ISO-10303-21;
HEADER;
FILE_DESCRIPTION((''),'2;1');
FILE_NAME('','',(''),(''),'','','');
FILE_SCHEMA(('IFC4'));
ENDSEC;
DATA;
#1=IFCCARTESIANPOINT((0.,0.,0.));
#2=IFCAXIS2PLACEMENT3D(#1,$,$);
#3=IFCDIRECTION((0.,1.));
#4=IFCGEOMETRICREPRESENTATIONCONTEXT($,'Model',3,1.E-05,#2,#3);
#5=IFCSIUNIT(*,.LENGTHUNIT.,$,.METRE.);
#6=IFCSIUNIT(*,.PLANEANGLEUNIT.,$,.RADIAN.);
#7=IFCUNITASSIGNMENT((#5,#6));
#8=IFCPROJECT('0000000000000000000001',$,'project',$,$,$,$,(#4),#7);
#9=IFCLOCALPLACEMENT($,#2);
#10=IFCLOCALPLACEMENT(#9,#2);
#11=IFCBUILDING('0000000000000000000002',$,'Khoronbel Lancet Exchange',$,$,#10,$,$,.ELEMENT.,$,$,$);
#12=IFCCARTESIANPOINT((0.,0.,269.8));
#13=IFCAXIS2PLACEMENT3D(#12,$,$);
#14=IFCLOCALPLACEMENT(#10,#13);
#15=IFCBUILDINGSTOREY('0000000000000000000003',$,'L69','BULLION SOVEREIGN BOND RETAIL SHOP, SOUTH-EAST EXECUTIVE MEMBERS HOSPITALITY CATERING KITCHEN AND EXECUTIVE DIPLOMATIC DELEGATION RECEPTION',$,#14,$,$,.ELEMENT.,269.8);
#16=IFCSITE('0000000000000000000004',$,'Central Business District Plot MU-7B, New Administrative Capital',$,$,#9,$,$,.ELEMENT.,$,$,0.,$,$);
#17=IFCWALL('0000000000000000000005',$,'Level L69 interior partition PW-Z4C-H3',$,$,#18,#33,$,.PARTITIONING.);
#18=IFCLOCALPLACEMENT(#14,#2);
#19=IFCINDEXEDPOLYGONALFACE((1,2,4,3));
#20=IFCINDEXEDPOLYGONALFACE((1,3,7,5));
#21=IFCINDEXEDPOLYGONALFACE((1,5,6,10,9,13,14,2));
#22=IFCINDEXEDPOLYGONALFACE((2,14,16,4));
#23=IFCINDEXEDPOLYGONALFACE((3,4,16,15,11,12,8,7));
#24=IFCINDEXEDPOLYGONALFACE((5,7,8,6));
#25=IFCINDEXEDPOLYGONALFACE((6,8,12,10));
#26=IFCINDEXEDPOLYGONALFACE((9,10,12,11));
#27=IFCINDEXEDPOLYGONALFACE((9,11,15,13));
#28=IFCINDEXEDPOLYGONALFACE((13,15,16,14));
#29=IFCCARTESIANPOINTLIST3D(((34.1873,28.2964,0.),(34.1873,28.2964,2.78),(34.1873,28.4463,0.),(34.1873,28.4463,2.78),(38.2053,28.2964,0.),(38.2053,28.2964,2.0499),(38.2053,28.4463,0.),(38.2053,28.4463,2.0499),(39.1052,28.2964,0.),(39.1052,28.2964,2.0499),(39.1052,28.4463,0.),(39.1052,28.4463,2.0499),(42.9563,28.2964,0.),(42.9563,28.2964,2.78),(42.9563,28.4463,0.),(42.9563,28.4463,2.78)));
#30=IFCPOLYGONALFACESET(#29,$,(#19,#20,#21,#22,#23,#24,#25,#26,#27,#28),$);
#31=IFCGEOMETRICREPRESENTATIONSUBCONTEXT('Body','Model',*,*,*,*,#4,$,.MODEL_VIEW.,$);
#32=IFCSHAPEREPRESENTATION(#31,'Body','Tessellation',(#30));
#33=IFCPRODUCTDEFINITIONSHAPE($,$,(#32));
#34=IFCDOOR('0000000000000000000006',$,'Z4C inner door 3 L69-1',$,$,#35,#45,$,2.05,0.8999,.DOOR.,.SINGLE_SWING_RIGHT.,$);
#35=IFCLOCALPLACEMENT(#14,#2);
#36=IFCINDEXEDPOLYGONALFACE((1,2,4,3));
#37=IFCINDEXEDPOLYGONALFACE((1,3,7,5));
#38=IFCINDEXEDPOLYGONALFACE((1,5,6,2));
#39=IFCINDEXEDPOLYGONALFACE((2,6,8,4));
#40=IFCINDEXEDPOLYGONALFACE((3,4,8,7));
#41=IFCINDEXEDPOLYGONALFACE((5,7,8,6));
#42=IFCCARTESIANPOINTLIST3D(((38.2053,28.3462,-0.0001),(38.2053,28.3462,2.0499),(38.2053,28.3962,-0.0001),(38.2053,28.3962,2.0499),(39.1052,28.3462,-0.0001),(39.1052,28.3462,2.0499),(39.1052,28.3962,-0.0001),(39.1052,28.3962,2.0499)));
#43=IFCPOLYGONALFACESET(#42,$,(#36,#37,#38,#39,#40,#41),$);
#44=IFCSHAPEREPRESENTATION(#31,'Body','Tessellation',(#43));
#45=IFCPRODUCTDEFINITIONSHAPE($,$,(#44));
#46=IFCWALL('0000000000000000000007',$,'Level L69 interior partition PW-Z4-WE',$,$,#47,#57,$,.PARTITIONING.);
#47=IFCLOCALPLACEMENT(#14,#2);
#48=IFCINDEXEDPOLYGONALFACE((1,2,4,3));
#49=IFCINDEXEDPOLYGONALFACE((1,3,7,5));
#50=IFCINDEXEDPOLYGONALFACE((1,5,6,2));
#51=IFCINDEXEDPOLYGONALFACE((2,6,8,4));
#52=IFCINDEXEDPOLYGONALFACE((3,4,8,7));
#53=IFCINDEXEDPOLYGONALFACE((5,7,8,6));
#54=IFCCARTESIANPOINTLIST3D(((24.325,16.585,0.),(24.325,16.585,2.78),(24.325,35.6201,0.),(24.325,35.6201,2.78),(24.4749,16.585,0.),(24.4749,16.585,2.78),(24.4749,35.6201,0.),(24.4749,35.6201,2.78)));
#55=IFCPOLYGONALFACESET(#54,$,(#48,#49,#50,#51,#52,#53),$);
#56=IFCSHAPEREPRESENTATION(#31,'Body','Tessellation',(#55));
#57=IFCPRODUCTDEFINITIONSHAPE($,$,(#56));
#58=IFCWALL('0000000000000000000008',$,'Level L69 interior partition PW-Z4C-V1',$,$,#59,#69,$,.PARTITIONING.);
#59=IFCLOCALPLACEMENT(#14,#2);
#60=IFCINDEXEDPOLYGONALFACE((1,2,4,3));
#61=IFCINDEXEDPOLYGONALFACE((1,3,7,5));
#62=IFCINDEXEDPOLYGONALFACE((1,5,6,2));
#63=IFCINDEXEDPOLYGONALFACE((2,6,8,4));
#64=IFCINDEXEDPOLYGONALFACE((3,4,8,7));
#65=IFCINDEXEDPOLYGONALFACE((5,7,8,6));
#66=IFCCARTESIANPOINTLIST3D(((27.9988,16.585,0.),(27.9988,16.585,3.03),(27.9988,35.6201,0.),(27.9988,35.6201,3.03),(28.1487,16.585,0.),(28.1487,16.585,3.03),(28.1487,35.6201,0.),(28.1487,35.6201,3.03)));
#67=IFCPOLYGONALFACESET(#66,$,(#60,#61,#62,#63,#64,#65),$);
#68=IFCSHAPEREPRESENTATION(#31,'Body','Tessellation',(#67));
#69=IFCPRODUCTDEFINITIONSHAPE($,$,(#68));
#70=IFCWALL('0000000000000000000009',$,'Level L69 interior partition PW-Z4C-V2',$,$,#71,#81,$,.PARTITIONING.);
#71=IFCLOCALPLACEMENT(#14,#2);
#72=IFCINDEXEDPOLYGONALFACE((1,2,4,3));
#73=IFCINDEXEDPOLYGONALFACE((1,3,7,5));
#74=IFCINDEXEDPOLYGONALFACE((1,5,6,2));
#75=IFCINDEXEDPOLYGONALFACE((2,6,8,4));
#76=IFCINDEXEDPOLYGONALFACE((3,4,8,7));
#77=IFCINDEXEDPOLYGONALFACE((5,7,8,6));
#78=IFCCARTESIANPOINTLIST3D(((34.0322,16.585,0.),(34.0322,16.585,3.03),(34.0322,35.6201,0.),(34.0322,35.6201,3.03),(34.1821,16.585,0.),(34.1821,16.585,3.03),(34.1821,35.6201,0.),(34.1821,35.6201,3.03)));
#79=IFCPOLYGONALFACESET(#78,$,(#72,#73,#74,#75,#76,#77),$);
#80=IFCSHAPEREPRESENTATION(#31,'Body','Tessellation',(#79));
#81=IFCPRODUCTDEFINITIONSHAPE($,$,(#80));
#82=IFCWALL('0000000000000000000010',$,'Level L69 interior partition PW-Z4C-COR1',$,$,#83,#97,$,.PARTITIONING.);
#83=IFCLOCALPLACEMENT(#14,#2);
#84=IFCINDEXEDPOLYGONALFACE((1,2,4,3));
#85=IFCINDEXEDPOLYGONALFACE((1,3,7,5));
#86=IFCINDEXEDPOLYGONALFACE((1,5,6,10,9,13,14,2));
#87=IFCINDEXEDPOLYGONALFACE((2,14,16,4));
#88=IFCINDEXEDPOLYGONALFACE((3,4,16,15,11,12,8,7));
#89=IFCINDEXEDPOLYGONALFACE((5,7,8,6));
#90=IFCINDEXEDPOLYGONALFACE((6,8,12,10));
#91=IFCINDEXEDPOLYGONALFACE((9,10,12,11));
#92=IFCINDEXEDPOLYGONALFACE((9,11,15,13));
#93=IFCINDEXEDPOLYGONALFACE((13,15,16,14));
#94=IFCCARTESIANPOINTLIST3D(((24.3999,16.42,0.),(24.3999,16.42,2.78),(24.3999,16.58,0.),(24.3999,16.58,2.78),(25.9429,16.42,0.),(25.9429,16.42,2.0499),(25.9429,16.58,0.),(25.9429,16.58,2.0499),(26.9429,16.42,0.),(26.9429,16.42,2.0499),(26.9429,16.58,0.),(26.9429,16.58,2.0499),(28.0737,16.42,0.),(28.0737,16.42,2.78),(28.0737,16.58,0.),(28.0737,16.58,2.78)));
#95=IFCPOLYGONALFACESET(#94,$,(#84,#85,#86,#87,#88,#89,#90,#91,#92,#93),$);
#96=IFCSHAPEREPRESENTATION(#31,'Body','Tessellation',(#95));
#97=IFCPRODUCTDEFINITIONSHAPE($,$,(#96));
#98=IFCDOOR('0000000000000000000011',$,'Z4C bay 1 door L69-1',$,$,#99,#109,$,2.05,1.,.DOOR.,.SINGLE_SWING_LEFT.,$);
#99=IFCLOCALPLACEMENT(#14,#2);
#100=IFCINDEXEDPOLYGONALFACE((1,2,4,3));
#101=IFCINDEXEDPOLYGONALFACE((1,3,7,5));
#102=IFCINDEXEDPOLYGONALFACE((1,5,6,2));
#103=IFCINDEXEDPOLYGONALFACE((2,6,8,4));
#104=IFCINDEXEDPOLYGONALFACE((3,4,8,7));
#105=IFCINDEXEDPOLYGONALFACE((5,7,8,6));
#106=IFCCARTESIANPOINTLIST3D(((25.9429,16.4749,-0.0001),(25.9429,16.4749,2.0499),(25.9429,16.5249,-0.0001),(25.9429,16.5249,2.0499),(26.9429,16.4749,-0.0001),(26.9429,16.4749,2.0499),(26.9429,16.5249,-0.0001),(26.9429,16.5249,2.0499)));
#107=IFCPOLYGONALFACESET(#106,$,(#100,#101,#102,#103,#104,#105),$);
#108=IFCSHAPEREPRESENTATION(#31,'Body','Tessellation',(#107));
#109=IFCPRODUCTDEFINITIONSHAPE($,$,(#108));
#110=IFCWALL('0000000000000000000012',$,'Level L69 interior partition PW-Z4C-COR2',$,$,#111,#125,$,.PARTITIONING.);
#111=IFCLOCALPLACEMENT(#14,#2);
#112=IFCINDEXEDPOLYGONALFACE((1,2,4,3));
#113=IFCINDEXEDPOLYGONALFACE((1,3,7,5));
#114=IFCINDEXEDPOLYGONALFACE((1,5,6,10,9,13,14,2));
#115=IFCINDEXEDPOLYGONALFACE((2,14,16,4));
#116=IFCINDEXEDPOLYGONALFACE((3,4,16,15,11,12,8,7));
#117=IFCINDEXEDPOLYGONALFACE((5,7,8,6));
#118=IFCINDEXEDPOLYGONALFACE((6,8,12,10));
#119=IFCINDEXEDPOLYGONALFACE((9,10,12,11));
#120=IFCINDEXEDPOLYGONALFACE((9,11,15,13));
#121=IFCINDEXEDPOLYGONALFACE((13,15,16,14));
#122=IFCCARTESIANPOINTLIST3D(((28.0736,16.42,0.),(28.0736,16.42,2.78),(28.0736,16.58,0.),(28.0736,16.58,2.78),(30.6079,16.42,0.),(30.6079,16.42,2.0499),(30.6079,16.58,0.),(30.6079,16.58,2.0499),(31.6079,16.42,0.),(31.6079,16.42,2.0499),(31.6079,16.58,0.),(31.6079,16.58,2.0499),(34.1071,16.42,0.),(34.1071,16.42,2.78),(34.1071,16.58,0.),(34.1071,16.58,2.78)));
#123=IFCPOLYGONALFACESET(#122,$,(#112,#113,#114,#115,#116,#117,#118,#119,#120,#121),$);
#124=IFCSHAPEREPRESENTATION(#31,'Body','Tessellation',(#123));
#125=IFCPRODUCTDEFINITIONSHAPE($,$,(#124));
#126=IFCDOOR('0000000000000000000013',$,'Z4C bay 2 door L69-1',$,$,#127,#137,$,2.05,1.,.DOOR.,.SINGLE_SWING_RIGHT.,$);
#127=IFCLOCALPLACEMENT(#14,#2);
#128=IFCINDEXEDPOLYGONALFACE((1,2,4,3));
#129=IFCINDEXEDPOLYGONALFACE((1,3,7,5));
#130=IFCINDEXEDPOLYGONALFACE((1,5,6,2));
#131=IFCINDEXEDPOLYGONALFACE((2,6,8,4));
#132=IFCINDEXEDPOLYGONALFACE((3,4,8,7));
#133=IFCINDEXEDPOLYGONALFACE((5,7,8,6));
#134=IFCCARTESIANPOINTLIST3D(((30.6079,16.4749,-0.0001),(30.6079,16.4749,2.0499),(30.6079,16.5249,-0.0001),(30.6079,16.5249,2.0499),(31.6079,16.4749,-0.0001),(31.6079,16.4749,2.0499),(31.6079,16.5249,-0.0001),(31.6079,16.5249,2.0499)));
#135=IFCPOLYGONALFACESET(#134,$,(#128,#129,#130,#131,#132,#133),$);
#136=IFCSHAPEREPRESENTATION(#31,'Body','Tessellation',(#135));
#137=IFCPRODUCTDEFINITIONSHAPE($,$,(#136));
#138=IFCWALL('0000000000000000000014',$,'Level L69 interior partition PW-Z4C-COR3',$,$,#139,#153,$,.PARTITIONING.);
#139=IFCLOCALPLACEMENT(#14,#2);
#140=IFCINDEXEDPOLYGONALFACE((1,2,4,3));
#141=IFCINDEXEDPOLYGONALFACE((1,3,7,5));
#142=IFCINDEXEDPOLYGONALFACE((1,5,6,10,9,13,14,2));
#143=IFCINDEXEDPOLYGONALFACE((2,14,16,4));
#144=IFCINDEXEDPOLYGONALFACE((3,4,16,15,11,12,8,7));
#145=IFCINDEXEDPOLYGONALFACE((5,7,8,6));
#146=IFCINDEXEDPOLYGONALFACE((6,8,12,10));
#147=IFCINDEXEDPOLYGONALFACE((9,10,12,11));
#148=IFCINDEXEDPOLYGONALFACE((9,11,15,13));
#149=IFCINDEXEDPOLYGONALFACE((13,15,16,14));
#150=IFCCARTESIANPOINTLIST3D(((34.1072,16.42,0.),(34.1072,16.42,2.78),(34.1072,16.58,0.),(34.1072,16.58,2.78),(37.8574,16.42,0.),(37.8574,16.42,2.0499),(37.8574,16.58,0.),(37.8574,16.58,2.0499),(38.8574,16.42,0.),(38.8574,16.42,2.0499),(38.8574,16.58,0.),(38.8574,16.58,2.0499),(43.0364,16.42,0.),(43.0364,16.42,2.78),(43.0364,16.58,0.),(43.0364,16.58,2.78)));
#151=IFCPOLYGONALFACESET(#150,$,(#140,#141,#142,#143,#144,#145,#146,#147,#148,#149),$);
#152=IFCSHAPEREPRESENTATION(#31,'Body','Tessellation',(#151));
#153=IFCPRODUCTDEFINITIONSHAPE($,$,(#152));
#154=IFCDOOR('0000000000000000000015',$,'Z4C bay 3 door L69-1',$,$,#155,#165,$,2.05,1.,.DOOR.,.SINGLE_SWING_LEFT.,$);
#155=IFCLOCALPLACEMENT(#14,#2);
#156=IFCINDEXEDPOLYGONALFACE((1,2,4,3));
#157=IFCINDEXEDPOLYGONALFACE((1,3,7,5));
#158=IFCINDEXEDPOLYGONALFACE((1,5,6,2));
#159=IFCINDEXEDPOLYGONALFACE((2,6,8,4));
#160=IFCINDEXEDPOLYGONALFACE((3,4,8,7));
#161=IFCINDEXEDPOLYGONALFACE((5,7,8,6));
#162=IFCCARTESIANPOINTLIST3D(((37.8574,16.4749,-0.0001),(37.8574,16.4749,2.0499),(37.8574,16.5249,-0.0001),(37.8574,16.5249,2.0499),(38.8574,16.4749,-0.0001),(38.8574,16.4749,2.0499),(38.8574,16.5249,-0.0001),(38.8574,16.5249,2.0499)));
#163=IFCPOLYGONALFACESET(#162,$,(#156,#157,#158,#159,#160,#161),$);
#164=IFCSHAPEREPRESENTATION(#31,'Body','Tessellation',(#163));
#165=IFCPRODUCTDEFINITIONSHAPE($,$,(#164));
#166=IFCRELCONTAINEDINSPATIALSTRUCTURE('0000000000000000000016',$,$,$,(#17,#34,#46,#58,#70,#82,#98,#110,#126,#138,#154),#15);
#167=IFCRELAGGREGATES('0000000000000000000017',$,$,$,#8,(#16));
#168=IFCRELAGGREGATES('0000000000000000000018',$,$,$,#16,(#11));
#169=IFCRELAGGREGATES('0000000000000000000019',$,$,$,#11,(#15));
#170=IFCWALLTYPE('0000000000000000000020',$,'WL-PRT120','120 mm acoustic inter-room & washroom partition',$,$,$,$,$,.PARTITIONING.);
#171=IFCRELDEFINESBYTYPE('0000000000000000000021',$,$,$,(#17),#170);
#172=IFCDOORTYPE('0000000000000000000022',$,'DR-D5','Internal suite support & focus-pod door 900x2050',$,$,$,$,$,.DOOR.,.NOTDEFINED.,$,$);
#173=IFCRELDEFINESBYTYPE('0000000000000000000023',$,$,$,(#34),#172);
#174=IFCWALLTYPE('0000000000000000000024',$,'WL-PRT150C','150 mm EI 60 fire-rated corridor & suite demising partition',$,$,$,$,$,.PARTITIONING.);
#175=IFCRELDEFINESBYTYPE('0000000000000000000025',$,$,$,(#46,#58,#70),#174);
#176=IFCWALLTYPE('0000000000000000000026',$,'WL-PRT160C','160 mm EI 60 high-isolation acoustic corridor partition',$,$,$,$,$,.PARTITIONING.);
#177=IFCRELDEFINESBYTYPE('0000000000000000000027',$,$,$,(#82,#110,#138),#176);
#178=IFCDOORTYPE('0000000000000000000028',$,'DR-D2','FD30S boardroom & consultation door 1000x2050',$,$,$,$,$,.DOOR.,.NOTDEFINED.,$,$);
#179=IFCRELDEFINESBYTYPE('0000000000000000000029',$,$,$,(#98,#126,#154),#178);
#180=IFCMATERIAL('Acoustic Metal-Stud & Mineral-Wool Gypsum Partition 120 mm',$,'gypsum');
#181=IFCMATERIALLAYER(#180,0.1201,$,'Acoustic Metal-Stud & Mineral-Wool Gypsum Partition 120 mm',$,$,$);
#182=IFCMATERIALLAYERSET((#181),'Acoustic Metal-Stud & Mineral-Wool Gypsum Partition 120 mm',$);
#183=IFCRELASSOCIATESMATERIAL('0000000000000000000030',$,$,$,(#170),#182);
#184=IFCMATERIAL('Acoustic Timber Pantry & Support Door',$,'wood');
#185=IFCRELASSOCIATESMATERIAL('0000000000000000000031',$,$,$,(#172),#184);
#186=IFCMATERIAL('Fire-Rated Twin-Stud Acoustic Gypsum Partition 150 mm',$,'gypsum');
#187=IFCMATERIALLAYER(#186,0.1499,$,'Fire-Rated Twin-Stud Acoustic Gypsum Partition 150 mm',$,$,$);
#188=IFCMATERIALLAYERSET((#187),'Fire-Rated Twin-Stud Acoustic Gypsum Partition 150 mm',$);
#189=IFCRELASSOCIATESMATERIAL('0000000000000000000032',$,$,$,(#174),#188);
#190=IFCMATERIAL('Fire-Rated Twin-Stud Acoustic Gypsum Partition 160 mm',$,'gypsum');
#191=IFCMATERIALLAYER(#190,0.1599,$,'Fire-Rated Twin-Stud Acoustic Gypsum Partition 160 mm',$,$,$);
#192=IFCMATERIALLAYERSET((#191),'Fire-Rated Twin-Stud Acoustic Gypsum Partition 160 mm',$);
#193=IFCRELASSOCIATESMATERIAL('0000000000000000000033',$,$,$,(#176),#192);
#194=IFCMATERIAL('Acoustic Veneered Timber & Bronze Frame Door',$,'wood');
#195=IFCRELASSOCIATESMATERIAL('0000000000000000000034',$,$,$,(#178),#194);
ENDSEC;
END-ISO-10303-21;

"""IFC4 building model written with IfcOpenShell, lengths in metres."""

from ifc_helpers import new_model, si_unit, direction, frame, frame_2d, origin, place, context, subcontext, project, spatial, rectangle, extrude, material, layer, layer_set, type_object, element, fill, save


model = new_model("IFC4")

# Units and contexts
model_context = context("Model", 3, precision=1e-05, world=origin(), true_north=direction((0.0, 1.0)))
body_context = subcontext(model_context, "Body", "Model", "MODEL_VIEW")
ifc_project = project(units=[si_unit("LENGTHUNIT", "METRE"), si_unit("PLANEANGLEUNIT", "RADIAN")], contexts=[model_context])

# Site, building, storey
site_placement = place(None, origin())
site = spatial("IfcSite", under=ifc_project, at=site_placement, Name="Central Business District Plot MU-7B, New Administrative Capital", CompositionType="ELEMENT", RefElevation=0.0)
building_placement = place(site_placement, origin())
building = spatial("IfcBuilding", under=site, at=building_placement, Name="Khoronbel Lancet Exchange", CompositionType="ELEMENT")
storey_placement = place(building_placement, frame((0.0, 0.0, 269.8)))
storey = spatial("IfcBuildingStorey", under=building, at=storey_placement, Name="L69", Description="BULLION SOVEREIGN BOND RETAIL SHOP, SOUTH-EAST EXECUTIVE MEMBERS HOSPITALITY CATERING KITCHEN AND EXECUTIVE DIPLOMATIC DELEGATION RECEPTION", CompositionType="ELEMENT", Elevation=269.8)

# Wall, opening, door
ifc_material_1 = material(Name="Acoustic Metal-Stud & Mineral-Wool Gypsum Partition 120 mm", Category="gypsum")
ifc_layer_1 = layer(ifc_material_1, 0.1201, Name="Acoustic Metal-Stud & Mineral-Wool Gypsum Partition 120 mm")
ifc_layer_set_1 = layer_set([ifc_layer_1], Name="Acoustic Metal-Stud & Mineral-Wool Gypsum Partition 120 mm")
wall_type_1 = type_object("IfcWallType", Name="WL-PRT120", Description="120 mm acoustic inter-room & washroom partition", PredefinedType="PARTITIONING", material=ifc_layer_set_1)
ifc_material_2 = material(Name="Acoustic Timber Pantry & Support Door", Category="wood")
door_type_1 = type_object("IfcDoorType", Name="DR-D5", Description="Internal suite support & focus-pod door 900x2050", OperationType="NOTDEFINED", PredefinedType="DOOR", material=ifc_material_2)
wall_1_placement = place(storey_placement, frame((34.1873, 28.3713, 0.0), z_axis=(0.0, 0.0, 1.0), x_axis=(1.0, 0.0, 0.0)))
wall_1 = element("IfcWall", 1, at=wall_1_placement, inside=storey, type_object=wall_type_1, Name="Level L69 interior partition PW-Z4C-H3", PredefinedType="PARTITIONING", context=body_context, shape_type="SweptSolid", body=[
    extrude(rectangle(XDim=8.769, YDim=0.1499, at=frame_2d((4.3845, 0.0))), origin(), (0.0, 0.0, 1.0), 2.78),
])
opening_1_placement = place(wall_1_placement, frame((4.0181, 0.0, 0.0)))
opening_1 = element("IfcOpeningElement", 2, at=opening_1_placement, cuts=wall_1, PredefinedType="OPENING", context=body_context, shape_type="SweptSolid", body=[
    extrude(rectangle(XDim=0.8999, YDim=2.05, at=frame_2d((0.45, 1.0249))), frame((0.0, 0.085, 0.0), z_axis=(0.0, -1.0, 0.0), x_axis=(1.0, 0.0, 0.0)), (0.0, 0.0, 1.0), 0.1699),
])
door_1_placement = place(opening_1_placement, origin())
door_1 = element("IfcDoor", 3, at=door_1_placement, inside=storey, type_object=door_type_1, Name="Z4C inner door 3 L69-1", OperationType="SINGLE_SWING_RIGHT", OverallHeight=2.05, OverallWidth=0.8999, PredefinedType="DOOR", context=body_context, shape_type="SweptSolid", body=[
    extrude(rectangle(XDim=0.8999, YDim=2.05, at=frame_2d((0.45, 1.0249))), frame((0.0, 0.0249, 0.0), z_axis=(0.0, -1.0, 0.0), x_axis=(1.0, 0.0, 0.0)), (0.0, 0.0, 1.0), 0.05),
])
fill(opening_1, door_1)

# Walls
ifc_material_3 = material(Name="Fire-Rated Twin-Stud Acoustic Gypsum Partition 150 mm", Category="gypsum")
ifc_layer_2 = layer(ifc_material_3, 0.1499, Name="Fire-Rated Twin-Stud Acoustic Gypsum Partition 150 mm")
ifc_layer_set_2 = layer_set([ifc_layer_2], Name="Fire-Rated Twin-Stud Acoustic Gypsum Partition 150 mm")
wall_type_2 = type_object("IfcWallType", Name="WL-PRT150C", Description="150 mm EI 60 fire-rated corridor & suite demising partition", PredefinedType="PARTITIONING", material=ifc_layer_set_2)
wall_2_placement = place(storey_placement, frame((24.3999, 16.585, 0.0), z_axis=(0.0, 0.0, 1.0), x_axis=(0.0, 1.0, 0.0)))
element("IfcWall", 4, at=wall_2_placement, inside=storey, type_object=wall_type_2, Name="Level L69 interior partition PW-Z4-WE", PredefinedType="PARTITIONING", context=body_context, shape_type="SweptSolid", body=[
    extrude(rectangle(XDim=19.0352, YDim=0.1499, at=frame_2d((9.5176, 0.0))), origin(), (0.0, 0.0, 1.0), 2.78),
])
for number, where, z_axis, x_axis, name in (
    (5, (28.0737, 16.585, 0.0), (0.0, 0.0, 1.0), (0.0, 1.0, 0.0), "Level L69 interior partition PW-Z4C-V1"),
    (6, (34.1072, 16.585, 0.0), (0.0, 0.0, 1.0), (0.0, 1.0, 0.0), "Level L69 interior partition PW-Z4C-V2"),
):
    element("IfcWall", number, at=place(storey_placement, frame(where, z_axis=z_axis, x_axis=x_axis)), inside=storey, type_object=wall_type_2, Name=name, PredefinedType="PARTITIONING", context=body_context, shape_type="SweptSolid", body=[
        extrude(rectangle(XDim=19.0352, YDim=0.1499, at=frame_2d((9.5176, 0.0))), origin(), (0.0, 0.0, 1.0), 3.03),
    ])

# Walls, openings, doors
ifc_material_4 = material(Name="Fire-Rated Twin-Stud Acoustic Gypsum Partition 160 mm", Category="gypsum")
ifc_layer_3 = layer(ifc_material_4, 0.1599, Name="Fire-Rated Twin-Stud Acoustic Gypsum Partition 160 mm")
ifc_layer_set_3 = layer_set([ifc_layer_3], Name="Fire-Rated Twin-Stud Acoustic Gypsum Partition 160 mm")
wall_type_3 = type_object("IfcWallType", Name="WL-PRT160C", Description="160 mm EI 60 high-isolation acoustic corridor partition", PredefinedType="PARTITIONING", material=ifc_layer_set_3)
wall_3_placement = place(storey_placement, frame((24.3999, 16.5, 0.0), z_axis=(0.0, 0.0, 1.0), x_axis=(1.0, 0.0, 0.0)))
wall_3 = element("IfcWall", 7, at=wall_3_placement, inside=storey, type_object=wall_type_3, Name="Level L69 interior partition PW-Z4C-COR1", PredefinedType="PARTITIONING", context=body_context, shape_type="SweptSolid", body=[
    extrude(rectangle(XDim=3.6738, YDim=0.1599, at=frame_2d((1.8369, 0.0))), origin(), (0.0, 0.0, 1.0), 2.78),
])
opening_2_placement = place(wall_3_placement, frame((1.543, 0.0, 0.0)))
opening_2 = element("IfcOpeningElement", 8, at=opening_2_placement, cuts=wall_3, PredefinedType="OPENING", context=body_context, shape_type="SweptSolid", body=[
    extrude(rectangle(XDim=1.0, YDim=2.05, at=frame_2d((0.5, 1.0249))), frame((0.0, 0.0898, 0.0), z_axis=(0.0, -1.0, 0.0), x_axis=(1.0, 0.0, 0.0)), (0.0, 0.0, 1.0), 0.1799),
])
ifc_material_5 = material(Name="Acoustic Veneered Timber & Bronze Frame Door", Category="wood")
door_type_2 = type_object("IfcDoorType", Name="DR-D2", Description="FD30S boardroom & consultation door 1000x2050", OperationType="NOTDEFINED", PredefinedType="DOOR", material=ifc_material_5)
door_2_placement = place(opening_2_placement, origin())
door_2 = element("IfcDoor", 9, at=door_2_placement, inside=storey, type_object=door_type_2, Name="Z4C bay 1 door L69-1", OperationType="SINGLE_SWING_LEFT", OverallHeight=2.05, OverallWidth=1.0, PredefinedType="DOOR", context=body_context, shape_type="SweptSolid", body=[
    extrude(rectangle(XDim=1.0, YDim=2.05, at=frame_2d((0.5, 1.0249))), frame((0.0, 0.0249, 0.0), z_axis=(0.0, -1.0, 0.0), x_axis=(1.0, 0.0, 0.0)), (0.0, 0.0, 1.0), 0.05),
])
fill(opening_2, door_2)
wall_4_placement = place(storey_placement, frame((28.0737, 16.5, 0.0), z_axis=(0.0, 0.0, 1.0), x_axis=(1.0, 0.0, 0.0)))
wall_4 = element("IfcWall", 10, at=wall_4_placement, inside=storey, type_object=wall_type_3, Name="Level L69 interior partition PW-Z4C-COR2", PredefinedType="PARTITIONING", context=body_context, shape_type="SweptSolid", body=[
    extrude(rectangle(XDim=6.0334, YDim=0.1599, at=frame_2d((3.0166, 0.0))), origin(), (0.0, 0.0, 1.0), 2.78),
])
opening_3_placement = place(wall_4_placement, frame((2.5342, 0.0, 0.0)))
opening_3 = element("IfcOpeningElement", 11, at=opening_3_placement, cuts=wall_4, PredefinedType="OPENING", context=body_context, shape_type="SweptSolid", body=[
    extrude(rectangle(XDim=1.0, YDim=2.05, at=frame_2d((0.5, 1.0249))), frame((0.0, 0.0898, 0.0), z_axis=(0.0, -1.0, 0.0), x_axis=(1.0, 0.0, 0.0)), (0.0, 0.0, 1.0), 0.1799),
])
door_3_placement = place(opening_3_placement, origin())
door_3 = element("IfcDoor", 12, at=door_3_placement, inside=storey, type_object=door_type_2, Name="Z4C bay 2 door L69-1", OperationType="SINGLE_SWING_RIGHT", OverallHeight=2.05, OverallWidth=1.0, PredefinedType="DOOR", context=body_context, shape_type="SweptSolid", body=[
    extrude(rectangle(XDim=1.0, YDim=2.05, at=frame_2d((0.5, 1.0249))), frame((0.0, 0.0249, 0.0), z_axis=(0.0, -1.0, 0.0), x_axis=(1.0, 0.0, 0.0)), (0.0, 0.0, 1.0), 0.05),
])
fill(opening_3, door_3)
wall_5_placement = place(storey_placement, frame((34.1072, 16.5, 0.0), z_axis=(0.0, 0.0, 1.0), x_axis=(1.0, 0.0, 0.0)))
wall_5 = element("IfcWall", 13, at=wall_5_placement, inside=storey, type_object=wall_type_3, Name="Level L69 interior partition PW-Z4C-COR3", PredefinedType="PARTITIONING", context=body_context, shape_type="SweptSolid", body=[
    extrude(rectangle(XDim=8.9292, YDim=0.1599, at=frame_2d((4.4646, 0.0))), origin(), (0.0, 0.0, 1.0), 2.78),
])
opening_4_placement = place(wall_5_placement, frame((3.7502, 0.0, 0.0)))
opening_4 = element("IfcOpeningElement", 14, at=opening_4_placement, cuts=wall_5, PredefinedType="OPENING", context=body_context, shape_type="SweptSolid", body=[
    extrude(rectangle(XDim=1.0, YDim=2.05, at=frame_2d((0.5, 1.0249))), frame((0.0, 0.0898, 0.0), z_axis=(0.0, -1.0, 0.0), x_axis=(1.0, 0.0, 0.0)), (0.0, 0.0, 1.0), 0.1799),
])
door_4_placement = place(opening_4_placement, origin())
door_4 = element("IfcDoor", 15, at=door_4_placement, inside=storey, type_object=door_type_2, Name="Z4C bay 3 door L69-1", OperationType="SINGLE_SWING_LEFT", OverallHeight=2.05, OverallWidth=1.0, PredefinedType="DOOR", context=body_context, shape_type="SweptSolid", body=[
    extrude(rectangle(XDim=1.0, YDim=2.05, at=frame_2d((0.5, 1.0249))), frame((0.0, 0.0249, 0.0), z_axis=(0.0, -1.0, 0.0), x_axis=(1.0, 0.0, 0.0)), (0.0, 0.0, 1.0), 0.05),
])
fill(opening_4, door_4)

save(model, "model.ifc")
